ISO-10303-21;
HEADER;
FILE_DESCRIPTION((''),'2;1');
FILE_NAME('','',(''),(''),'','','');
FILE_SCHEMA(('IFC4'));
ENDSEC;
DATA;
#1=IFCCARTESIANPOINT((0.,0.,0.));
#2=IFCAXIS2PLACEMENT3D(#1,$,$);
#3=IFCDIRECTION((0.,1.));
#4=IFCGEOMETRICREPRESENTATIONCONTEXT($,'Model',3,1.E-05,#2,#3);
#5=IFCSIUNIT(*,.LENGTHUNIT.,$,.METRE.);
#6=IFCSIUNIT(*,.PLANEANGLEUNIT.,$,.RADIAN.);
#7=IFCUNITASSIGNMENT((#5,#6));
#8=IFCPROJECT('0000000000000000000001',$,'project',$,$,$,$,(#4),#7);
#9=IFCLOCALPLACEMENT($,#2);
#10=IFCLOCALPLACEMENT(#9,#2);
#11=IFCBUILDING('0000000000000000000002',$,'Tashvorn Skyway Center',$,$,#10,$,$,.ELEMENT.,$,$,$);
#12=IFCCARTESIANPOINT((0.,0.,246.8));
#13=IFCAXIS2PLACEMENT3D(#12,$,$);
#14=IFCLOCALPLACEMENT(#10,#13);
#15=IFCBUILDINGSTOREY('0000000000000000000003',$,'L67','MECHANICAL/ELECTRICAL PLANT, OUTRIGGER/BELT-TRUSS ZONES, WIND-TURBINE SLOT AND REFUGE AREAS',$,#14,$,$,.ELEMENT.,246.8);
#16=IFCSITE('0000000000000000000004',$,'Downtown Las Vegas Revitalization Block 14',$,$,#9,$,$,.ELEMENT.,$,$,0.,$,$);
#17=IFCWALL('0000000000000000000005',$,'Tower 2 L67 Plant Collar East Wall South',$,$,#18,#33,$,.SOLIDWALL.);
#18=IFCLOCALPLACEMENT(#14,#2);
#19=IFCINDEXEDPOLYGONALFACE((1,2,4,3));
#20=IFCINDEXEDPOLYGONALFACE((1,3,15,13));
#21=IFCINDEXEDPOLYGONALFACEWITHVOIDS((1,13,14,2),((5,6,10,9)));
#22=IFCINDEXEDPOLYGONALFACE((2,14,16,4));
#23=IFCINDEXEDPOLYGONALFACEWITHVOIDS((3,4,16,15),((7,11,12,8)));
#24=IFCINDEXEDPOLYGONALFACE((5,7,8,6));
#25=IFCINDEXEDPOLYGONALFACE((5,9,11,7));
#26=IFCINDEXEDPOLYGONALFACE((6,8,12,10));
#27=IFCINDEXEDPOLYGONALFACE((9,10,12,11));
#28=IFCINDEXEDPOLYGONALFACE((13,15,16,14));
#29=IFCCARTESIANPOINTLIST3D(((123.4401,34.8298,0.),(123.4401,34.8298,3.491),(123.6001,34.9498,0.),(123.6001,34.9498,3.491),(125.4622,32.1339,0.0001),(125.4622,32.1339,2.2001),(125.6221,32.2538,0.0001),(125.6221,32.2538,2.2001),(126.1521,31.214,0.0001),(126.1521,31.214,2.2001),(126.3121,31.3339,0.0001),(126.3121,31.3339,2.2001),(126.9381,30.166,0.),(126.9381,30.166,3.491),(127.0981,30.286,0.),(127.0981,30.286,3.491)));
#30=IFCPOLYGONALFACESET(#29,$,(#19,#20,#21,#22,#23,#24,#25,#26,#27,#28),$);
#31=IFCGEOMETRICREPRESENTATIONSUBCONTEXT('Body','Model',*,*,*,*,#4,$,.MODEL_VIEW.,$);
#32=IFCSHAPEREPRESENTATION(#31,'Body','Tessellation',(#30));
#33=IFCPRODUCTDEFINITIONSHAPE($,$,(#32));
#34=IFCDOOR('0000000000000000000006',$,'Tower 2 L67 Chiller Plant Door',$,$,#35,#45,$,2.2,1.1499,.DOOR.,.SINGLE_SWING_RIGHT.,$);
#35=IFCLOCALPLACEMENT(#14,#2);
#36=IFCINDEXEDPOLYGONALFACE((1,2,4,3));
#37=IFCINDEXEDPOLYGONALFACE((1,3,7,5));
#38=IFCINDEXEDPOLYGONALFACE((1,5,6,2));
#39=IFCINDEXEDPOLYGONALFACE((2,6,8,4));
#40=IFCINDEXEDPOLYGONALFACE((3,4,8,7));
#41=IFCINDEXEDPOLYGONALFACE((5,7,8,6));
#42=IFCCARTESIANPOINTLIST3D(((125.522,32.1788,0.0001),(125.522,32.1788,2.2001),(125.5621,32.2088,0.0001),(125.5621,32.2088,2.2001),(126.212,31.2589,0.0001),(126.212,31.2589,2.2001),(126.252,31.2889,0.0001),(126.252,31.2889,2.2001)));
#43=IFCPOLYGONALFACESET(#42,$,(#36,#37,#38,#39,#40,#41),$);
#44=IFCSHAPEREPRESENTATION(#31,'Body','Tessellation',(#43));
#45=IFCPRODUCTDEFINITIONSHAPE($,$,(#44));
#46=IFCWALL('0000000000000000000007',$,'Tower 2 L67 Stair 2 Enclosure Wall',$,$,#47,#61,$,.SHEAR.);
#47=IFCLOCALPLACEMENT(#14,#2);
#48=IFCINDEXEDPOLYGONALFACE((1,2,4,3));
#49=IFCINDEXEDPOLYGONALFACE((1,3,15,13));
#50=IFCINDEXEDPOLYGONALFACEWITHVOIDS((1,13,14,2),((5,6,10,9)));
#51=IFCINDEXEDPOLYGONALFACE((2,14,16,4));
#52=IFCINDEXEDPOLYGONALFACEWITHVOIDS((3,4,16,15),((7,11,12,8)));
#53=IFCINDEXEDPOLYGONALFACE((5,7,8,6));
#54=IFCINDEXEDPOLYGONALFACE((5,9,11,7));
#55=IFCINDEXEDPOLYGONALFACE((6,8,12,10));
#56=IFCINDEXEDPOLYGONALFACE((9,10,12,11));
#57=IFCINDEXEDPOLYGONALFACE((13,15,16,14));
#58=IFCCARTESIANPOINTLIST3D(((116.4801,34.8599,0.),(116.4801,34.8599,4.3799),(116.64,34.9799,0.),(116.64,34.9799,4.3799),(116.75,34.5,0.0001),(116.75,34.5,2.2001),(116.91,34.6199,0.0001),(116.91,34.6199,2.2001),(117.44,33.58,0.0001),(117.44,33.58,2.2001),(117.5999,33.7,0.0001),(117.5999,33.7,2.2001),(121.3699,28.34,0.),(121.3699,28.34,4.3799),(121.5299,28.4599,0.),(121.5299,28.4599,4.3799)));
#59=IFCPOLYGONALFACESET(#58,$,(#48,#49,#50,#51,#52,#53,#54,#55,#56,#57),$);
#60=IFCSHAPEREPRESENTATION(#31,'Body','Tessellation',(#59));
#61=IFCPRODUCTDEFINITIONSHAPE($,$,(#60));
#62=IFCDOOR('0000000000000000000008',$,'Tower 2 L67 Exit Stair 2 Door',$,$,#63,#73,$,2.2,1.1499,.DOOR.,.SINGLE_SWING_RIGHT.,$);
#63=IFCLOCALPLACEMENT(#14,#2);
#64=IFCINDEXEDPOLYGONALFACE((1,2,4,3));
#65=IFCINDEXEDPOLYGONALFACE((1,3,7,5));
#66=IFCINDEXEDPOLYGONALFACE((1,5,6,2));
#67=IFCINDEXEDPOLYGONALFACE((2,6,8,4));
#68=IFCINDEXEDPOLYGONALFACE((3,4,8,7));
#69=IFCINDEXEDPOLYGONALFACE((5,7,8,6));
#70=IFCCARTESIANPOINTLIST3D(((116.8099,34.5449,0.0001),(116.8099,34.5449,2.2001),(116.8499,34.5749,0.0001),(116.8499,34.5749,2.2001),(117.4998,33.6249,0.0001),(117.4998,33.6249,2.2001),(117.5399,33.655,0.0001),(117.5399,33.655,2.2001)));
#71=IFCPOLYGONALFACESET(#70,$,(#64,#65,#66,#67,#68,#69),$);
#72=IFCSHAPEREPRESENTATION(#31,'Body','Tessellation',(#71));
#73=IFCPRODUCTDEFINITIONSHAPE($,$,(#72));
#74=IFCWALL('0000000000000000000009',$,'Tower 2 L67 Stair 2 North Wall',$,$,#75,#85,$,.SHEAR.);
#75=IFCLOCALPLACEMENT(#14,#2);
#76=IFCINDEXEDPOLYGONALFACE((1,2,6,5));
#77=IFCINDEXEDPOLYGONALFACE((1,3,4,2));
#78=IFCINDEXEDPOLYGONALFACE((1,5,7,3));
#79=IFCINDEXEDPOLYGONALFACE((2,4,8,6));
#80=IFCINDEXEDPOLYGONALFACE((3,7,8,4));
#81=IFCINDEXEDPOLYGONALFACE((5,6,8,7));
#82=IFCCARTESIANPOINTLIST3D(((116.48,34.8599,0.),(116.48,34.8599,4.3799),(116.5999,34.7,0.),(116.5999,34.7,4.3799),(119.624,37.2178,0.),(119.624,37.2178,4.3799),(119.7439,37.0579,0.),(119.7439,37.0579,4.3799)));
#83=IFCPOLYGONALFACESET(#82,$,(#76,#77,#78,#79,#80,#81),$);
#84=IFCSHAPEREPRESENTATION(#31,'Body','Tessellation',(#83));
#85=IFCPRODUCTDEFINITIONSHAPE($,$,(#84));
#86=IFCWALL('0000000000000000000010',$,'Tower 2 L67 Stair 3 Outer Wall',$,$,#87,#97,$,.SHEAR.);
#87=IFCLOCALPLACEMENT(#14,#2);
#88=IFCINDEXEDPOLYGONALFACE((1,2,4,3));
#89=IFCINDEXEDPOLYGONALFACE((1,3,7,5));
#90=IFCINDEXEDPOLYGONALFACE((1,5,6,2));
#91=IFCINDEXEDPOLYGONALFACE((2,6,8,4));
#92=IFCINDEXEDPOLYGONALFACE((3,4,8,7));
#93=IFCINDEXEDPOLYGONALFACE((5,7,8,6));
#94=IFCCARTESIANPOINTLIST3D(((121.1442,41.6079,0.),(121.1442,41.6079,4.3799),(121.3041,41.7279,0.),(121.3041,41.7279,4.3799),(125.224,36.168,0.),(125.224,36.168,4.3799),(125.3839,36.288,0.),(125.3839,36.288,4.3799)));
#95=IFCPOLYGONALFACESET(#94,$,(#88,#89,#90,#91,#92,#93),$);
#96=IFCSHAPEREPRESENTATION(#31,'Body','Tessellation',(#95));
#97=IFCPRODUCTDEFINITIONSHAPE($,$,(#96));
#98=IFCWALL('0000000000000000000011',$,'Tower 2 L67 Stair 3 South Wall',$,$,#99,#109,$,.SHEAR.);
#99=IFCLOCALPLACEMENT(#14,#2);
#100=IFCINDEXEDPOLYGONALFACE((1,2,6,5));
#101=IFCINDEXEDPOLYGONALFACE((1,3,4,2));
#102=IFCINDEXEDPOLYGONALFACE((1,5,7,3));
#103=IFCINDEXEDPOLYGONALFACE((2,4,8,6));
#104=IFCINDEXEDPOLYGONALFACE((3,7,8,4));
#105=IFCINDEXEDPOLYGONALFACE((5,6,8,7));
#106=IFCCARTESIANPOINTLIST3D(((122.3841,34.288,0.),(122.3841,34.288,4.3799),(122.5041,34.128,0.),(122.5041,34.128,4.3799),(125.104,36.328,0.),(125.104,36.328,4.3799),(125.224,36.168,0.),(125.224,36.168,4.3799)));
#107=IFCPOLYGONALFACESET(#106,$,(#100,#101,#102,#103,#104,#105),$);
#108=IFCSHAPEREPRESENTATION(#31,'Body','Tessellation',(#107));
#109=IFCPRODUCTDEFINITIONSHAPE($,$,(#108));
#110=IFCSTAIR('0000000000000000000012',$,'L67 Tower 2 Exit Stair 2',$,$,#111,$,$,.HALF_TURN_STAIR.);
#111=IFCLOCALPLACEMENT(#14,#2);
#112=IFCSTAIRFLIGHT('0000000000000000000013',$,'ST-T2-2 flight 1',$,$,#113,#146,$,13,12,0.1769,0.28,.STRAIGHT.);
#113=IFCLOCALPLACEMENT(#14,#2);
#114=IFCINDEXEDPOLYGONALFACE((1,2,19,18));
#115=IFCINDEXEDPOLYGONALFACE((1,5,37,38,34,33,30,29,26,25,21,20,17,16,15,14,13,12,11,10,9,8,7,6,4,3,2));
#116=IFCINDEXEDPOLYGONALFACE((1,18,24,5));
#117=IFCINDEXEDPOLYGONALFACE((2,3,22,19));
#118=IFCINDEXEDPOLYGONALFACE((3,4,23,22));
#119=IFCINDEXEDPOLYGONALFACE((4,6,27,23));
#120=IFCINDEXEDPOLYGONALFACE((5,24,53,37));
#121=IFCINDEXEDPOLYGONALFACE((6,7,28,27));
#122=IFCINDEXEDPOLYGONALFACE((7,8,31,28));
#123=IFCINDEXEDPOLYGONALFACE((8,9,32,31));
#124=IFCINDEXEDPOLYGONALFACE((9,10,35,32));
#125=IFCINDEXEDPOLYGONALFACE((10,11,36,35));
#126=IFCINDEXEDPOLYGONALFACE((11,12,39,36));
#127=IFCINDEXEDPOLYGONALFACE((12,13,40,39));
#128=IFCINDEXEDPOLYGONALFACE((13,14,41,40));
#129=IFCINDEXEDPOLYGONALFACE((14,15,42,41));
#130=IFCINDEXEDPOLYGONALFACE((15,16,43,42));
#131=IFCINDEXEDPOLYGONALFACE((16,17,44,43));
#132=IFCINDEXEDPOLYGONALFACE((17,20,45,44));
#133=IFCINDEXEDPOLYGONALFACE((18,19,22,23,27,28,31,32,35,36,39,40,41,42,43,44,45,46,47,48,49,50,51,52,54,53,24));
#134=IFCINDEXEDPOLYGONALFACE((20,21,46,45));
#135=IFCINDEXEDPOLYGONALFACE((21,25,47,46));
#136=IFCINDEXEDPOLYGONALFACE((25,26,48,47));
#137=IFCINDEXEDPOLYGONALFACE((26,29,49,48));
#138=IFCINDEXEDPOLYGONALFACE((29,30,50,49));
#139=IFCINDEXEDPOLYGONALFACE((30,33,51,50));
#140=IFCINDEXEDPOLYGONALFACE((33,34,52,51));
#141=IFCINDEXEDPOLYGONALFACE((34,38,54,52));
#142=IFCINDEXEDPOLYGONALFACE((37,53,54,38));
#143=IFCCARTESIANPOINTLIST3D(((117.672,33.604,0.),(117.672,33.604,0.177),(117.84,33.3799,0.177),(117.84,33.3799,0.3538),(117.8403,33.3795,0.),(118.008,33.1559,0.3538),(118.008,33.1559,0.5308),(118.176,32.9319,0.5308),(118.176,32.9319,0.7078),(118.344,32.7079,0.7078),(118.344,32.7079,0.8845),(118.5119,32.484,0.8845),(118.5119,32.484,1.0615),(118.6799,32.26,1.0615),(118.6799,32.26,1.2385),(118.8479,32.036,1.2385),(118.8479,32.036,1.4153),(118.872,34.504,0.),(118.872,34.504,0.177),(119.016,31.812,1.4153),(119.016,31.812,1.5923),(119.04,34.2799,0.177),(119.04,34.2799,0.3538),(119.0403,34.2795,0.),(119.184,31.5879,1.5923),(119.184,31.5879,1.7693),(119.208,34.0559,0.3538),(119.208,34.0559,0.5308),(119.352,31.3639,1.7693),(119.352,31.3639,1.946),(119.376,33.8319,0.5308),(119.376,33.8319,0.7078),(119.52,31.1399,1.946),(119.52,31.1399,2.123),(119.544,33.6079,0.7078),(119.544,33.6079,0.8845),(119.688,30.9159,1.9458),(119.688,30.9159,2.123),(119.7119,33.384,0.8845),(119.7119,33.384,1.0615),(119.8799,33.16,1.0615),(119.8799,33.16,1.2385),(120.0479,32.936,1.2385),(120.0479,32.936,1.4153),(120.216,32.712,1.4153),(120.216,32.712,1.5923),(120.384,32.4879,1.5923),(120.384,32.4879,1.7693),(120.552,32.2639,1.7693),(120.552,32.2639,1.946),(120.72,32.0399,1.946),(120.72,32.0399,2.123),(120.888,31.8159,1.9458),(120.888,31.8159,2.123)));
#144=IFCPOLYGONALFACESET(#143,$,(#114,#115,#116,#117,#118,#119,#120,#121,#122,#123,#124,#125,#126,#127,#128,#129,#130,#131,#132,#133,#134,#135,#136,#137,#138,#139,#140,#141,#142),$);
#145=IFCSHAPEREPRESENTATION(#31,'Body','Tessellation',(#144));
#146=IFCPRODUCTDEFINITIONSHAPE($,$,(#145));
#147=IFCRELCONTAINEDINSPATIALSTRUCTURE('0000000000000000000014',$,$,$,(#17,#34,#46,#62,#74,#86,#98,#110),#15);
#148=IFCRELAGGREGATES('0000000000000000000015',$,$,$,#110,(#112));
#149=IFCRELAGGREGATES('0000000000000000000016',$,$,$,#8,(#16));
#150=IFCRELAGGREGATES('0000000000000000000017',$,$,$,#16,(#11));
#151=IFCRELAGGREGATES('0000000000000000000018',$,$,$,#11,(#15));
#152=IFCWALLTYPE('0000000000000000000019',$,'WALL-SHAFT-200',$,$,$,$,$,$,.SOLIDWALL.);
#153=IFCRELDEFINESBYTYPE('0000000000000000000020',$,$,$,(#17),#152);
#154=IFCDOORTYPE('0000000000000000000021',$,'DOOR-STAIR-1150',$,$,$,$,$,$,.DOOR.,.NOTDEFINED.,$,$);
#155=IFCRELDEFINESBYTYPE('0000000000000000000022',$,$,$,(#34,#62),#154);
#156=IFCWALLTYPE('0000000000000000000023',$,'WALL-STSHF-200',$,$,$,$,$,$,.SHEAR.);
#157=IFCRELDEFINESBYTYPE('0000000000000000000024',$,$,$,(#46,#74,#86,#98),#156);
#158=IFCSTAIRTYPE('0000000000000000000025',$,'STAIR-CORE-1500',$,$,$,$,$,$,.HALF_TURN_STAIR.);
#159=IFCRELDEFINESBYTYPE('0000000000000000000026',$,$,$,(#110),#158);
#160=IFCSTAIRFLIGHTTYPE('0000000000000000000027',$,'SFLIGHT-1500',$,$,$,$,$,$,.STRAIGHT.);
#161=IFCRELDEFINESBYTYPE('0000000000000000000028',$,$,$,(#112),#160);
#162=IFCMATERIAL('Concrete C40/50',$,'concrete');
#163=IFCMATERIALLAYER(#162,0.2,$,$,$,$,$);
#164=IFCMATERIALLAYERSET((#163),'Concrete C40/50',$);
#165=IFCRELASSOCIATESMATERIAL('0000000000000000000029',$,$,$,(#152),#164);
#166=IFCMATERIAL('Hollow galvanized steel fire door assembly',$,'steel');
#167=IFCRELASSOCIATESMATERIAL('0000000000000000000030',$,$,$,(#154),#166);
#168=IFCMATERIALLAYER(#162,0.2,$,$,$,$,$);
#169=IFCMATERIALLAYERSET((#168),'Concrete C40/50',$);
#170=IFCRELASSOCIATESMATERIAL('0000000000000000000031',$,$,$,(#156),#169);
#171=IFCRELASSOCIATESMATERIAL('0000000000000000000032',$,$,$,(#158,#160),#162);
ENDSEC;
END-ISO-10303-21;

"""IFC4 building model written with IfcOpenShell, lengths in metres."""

from ifc_helpers import new_model, si_unit, direction, frame, frame_2d, origin, place, context, subcontext, project, spatial, polyline, rectangle, outline, extrude, material, layer, layer_set, type_object, element, fill, aggregate, save


model = new_model("IFC4")

# Units and contexts
model_context = context("Model", 3, precision=1e-05, world=origin(), true_north=direction((0.0, 1.0)))
body_context = subcontext(model_context, "Body", "Model", "MODEL_VIEW")
ifc_project = project(units=[si_unit("LENGTHUNIT", "METRE"), si_unit("PLANEANGLEUNIT", "RADIAN")], contexts=[model_context])

# Site, building, storey
site_placement = place(None, origin())
site = spatial("IfcSite", under=ifc_project, at=site_placement, Name="Downtown Las Vegas Revitalization Block 14", CompositionType="ELEMENT", RefElevation=0.0)
building_placement = place(site_placement, origin())
building = spatial("IfcBuilding", under=site, at=building_placement, Name="Tashvorn Skyway Center", CompositionType="ELEMENT")
storey_placement = place(building_placement, frame((0.0, 0.0, 246.8)))
storey = spatial("IfcBuildingStorey", under=building, at=storey_placement, Name="L67", Description="MECHANICAL/ELECTRICAL PLANT, OUTRIGGER/BELT-TRUSS ZONES, WIND-TURBINE SLOT AND REFUGE AREAS", CompositionType="ELEMENT", Elevation=246.8)

# Shared definitions
ifc_material_1 = material(Name="Concrete C40/50", Category="concrete")
ifc_layer_1 = layer(ifc_material_1, 0.2)
ifc_layer_set_1 = layer_set([ifc_layer_1], Name="Concrete C40/50")
wall_type_1 = type_object("IfcWallType", Name="WALL-SHAFT-200", PredefinedType="SOLIDWALL", material=ifc_layer_set_1)

# Shared definitions
ifc_material_2 = material(Name="Hollow galvanized steel fire door assembly", Category="steel")

# Walls, openings, doors
wall_1_placement = place(storey_placement, frame((123.52, 34.8899, 0.0), z_axis=(0.0, 0.0, 1.0), x_axis=(0.60002, -0.799985, 0.0)))
wall_1 = element("IfcWall", 1, at=wall_1_placement, inside=storey, type_object=wall_type_1, Name="Tower 2 L67 Plant Collar East Wall South", PredefinedType="SOLIDWALL", context=body_context, shape_type="SweptSolid", body=[
    extrude(rectangle(XDim=5.8298, YDim=0.2, at=frame_2d((2.915, 0.0))), origin(), (0.0, 0.0, 1.0), 3.491),
])
opening_1_placement = place(wall_1_placement, frame((3.3701, 0.0, 0.0)))
opening_1 = element("IfcOpeningElement", 2, at=opening_1_placement, cuts=wall_1, PredefinedType="OPENING", context=body_context, shape_type="SweptSolid", body=[
    extrude(rectangle(XDim=1.1499, YDim=2.2, at=frame_2d((0.575, 1.1001))), frame((0.0, 0.1099, 0.0), z_axis=(0.0, -1.0, 0.0), x_axis=(1.0, 0.0, 0.0)), (0.0, 0.0, 1.0), 0.22),
])
door_type_1 = type_object("IfcDoorType", Name="DOOR-STAIR-1150", OperationType="NOTDEFINED", PredefinedType="DOOR", material=ifc_material_2)
door_1_placement = place(opening_1_placement, origin())
door_1 = element("IfcDoor", 3, at=door_1_placement, inside=storey, type_object=door_type_1, Name="Tower 2 L67 Chiller Plant Door", OperationType="SINGLE_SWING_RIGHT", OverallHeight=2.2, OverallWidth=1.1499, PredefinedType="DOOR", context=body_context, shape_type="SweptSolid", body=[
    extrude(rectangle(XDim=1.1499, YDim=2.2, at=frame_2d((0.575, 1.1001))), frame((0.0, 0.0249, 0.0), z_axis=(0.0, -1.0, 0.0), x_axis=(1.0, 0.0, 0.0)), (0.0, 0.0, 1.0), 0.05),
])
fill(opening_1, door_1)
ifc_layer_2 = layer(ifc_material_1, 0.2)
ifc_layer_set_2 = layer_set([ifc_layer_2], Name="Concrete C40/50")
wall_type_2 = type_object("IfcWallType", Name="WALL-STSHF-200", PredefinedType="SHEAR", material=ifc_layer_set_2)
wall_2_placement = place(storey_placement, frame((116.5601, 34.9199, 0.0), z_axis=(0.0, 0.0, 1.0), x_axis=(0.59999, -0.800007, 0.0)))
wall_2 = element("IfcWall", 4, at=wall_2_placement, inside=storey, type_object=wall_type_2, Name="Tower 2 L67 Stair 2 Enclosure Wall", PredefinedType="SHEAR", context=body_context, shape_type="SweptSolid", body=[
    extrude(rectangle(XDim=8.1499, YDim=0.2, at=frame_2d((4.075, 0.0))), origin(), (0.0, 0.0, 1.0), 4.3799),
])
opening_2_placement = place(wall_2_placement, frame((0.45, 0.0, 0.0)))
opening_2 = element("IfcOpeningElement", 5, at=opening_2_placement, cuts=wall_2, PredefinedType="OPENING", context=body_context, shape_type="SweptSolid", body=[
    extrude(rectangle(XDim=1.1499, YDim=2.2, at=frame_2d((0.575, 1.1001))), frame((0.0, 0.1099, 0.0), z_axis=(0.0, -1.0, 0.0), x_axis=(1.0, 0.0, 0.0)), (0.0, 0.0, 1.0), 0.22),
])
door_2_placement = place(opening_2_placement, origin())
door_2 = element("IfcDoor", 6, at=door_2_placement, inside=storey, type_object=door_type_1, Name="Tower 2 L67 Exit Stair 2 Door", OperationType="SINGLE_SWING_RIGHT", OverallHeight=2.2, OverallWidth=1.1499, PredefinedType="DOOR", context=body_context, shape_type="SweptSolid", body=[
    extrude(rectangle(XDim=1.1499, YDim=2.2, at=frame_2d((0.575, 1.1001))), frame((0.0, 0.0249, 0.0), z_axis=(0.0, -1.0, 0.0), x_axis=(1.0, 0.0, 0.0)), (0.0, 0.0, 1.0), 0.05),
])
fill(opening_2, door_2)

# Walls
wall_3_placement = place(storey_placement, frame((116.54, 34.78, 0.0), z_axis=(0.0, 0.0, 1.0), x_axis=(0.800015, 0.59998, 0.0)))
element("IfcWall", 7, at=wall_3_placement, inside=storey, type_object=wall_type_2, Name="Tower 2 L67 Stair 2 North Wall", PredefinedType="SHEAR", context=body_context, shape_type="SweptSolid", body=[
    extrude(rectangle(XDim=3.9299, YDim=0.2, at=frame_2d((1.9648, 0.0))), origin(), (0.0, 0.0, 1.0), 4.3799),
])
wall_4_placement = place(storey_placement, frame((125.304, 36.228, 0.0), z_axis=(0.0, 0.0, 1.0), x_axis=(-0.599989, 0.800009, 0.0)))
element("IfcWall", 8, at=wall_4_placement, inside=storey, type_object=wall_type_2, Name="Tower 2 L67 Stair 3 Outer Wall", PredefinedType="SHEAR", context=body_context, shape_type="SweptSolid", body=[
    extrude(rectangle(XDim=6.7998, YDim=0.2, at=frame_2d((3.3999, 0.0))), origin(), (0.0, 0.0, 1.0), 4.3799),
])
wall_5_placement = place(storey_placement, frame((122.4441, 34.208, 0.0), z_axis=(0.0, 0.0, 1.0), x_axis=(0.799991, 0.600011, 0.0)))
element("IfcWall", 9, at=wall_5_placement, inside=storey, type_object=wall_type_2, Name="Tower 2 L67 Stair 3 South Wall", PredefinedType="SHEAR", context=body_context, shape_type="SweptSolid", body=[
    extrude(rectangle(XDim=3.3999, YDim=0.2, at=frame_2d((1.7, 0.0))), origin(), (0.0, 0.0, 1.0), 4.3799),
])

# Stair, stair flight
stair_type = type_object("IfcStairType", Name="STAIR-CORE-1500", PredefinedType="HALF_TURN_STAIR", material=ifc_material_1)
stair_1_placement = place(storey_placement, origin())
stair_1 = element("IfcStair", 10, at=stair_1_placement, inside=storey, type_object=stair_type, Name="L67 Tower 2 Exit Stair 2", PredefinedType="HALF_TURN_STAIR")
stair_flight_type = type_object("IfcStairFlightType", Name="SFLIGHT-1500", PredefinedType="STRAIGHT", material=ifc_material_1)
stair_flight_1_placement = place(storey_placement, frame((118.272, 34.054, 0.0), z_axis=(0.0, 0.0, 1.0), x_axis=(0.6, -0.8, 0.0)))
stair_flight_1 = element("IfcStairFlight", 11, at=stair_flight_1_placement, type_object=stair_flight_type, Name="ST-T2-2 flight 1", NumberOfRisers=13, NumberOfTreads=12, PredefinedType="STRAIGHT", RiserHeight=0.1769, TreadLength=0.28, context=body_context, shape_type="SweptSolid", body=[
    extrude(outline(polyline([(0.0, 0.0), (0.0, 0.177), (0.28, 0.177), (0.28, 0.3538), (0.5601, 0.3538), (0.5601, 0.5308), (0.8401, 0.5308), (0.8401, 0.7078), (1.1201, 0.7078), (1.1201, 0.8845), (1.3999, 0.8845), (1.3999, 1.0615), (1.6799, 1.0615), (1.6799, 1.2385), (1.96, 1.2385), (1.96, 1.4153), (2.24, 1.4153), (2.24, 1.5923), (2.52, 1.5923), (2.52, 1.7693), (2.8, 1.7693), (2.8, 1.946), (3.0801, 1.946), (3.0801, 2.123), (3.3601, 2.123), (3.3601, 2.3), (3.3601, 1.9458), (0.2805, 0.0), (0.0, 0.0)])), frame((0.0, 0.75, 0.0), z_axis=(0.0, -1.0, 0.0), x_axis=(1.0, 0.0, 0.0)), (0.0, 0.0, 1.0), 1.5),
])
aggregate(stair_1, [stair_flight_1])

save(model, "model.ifc")
